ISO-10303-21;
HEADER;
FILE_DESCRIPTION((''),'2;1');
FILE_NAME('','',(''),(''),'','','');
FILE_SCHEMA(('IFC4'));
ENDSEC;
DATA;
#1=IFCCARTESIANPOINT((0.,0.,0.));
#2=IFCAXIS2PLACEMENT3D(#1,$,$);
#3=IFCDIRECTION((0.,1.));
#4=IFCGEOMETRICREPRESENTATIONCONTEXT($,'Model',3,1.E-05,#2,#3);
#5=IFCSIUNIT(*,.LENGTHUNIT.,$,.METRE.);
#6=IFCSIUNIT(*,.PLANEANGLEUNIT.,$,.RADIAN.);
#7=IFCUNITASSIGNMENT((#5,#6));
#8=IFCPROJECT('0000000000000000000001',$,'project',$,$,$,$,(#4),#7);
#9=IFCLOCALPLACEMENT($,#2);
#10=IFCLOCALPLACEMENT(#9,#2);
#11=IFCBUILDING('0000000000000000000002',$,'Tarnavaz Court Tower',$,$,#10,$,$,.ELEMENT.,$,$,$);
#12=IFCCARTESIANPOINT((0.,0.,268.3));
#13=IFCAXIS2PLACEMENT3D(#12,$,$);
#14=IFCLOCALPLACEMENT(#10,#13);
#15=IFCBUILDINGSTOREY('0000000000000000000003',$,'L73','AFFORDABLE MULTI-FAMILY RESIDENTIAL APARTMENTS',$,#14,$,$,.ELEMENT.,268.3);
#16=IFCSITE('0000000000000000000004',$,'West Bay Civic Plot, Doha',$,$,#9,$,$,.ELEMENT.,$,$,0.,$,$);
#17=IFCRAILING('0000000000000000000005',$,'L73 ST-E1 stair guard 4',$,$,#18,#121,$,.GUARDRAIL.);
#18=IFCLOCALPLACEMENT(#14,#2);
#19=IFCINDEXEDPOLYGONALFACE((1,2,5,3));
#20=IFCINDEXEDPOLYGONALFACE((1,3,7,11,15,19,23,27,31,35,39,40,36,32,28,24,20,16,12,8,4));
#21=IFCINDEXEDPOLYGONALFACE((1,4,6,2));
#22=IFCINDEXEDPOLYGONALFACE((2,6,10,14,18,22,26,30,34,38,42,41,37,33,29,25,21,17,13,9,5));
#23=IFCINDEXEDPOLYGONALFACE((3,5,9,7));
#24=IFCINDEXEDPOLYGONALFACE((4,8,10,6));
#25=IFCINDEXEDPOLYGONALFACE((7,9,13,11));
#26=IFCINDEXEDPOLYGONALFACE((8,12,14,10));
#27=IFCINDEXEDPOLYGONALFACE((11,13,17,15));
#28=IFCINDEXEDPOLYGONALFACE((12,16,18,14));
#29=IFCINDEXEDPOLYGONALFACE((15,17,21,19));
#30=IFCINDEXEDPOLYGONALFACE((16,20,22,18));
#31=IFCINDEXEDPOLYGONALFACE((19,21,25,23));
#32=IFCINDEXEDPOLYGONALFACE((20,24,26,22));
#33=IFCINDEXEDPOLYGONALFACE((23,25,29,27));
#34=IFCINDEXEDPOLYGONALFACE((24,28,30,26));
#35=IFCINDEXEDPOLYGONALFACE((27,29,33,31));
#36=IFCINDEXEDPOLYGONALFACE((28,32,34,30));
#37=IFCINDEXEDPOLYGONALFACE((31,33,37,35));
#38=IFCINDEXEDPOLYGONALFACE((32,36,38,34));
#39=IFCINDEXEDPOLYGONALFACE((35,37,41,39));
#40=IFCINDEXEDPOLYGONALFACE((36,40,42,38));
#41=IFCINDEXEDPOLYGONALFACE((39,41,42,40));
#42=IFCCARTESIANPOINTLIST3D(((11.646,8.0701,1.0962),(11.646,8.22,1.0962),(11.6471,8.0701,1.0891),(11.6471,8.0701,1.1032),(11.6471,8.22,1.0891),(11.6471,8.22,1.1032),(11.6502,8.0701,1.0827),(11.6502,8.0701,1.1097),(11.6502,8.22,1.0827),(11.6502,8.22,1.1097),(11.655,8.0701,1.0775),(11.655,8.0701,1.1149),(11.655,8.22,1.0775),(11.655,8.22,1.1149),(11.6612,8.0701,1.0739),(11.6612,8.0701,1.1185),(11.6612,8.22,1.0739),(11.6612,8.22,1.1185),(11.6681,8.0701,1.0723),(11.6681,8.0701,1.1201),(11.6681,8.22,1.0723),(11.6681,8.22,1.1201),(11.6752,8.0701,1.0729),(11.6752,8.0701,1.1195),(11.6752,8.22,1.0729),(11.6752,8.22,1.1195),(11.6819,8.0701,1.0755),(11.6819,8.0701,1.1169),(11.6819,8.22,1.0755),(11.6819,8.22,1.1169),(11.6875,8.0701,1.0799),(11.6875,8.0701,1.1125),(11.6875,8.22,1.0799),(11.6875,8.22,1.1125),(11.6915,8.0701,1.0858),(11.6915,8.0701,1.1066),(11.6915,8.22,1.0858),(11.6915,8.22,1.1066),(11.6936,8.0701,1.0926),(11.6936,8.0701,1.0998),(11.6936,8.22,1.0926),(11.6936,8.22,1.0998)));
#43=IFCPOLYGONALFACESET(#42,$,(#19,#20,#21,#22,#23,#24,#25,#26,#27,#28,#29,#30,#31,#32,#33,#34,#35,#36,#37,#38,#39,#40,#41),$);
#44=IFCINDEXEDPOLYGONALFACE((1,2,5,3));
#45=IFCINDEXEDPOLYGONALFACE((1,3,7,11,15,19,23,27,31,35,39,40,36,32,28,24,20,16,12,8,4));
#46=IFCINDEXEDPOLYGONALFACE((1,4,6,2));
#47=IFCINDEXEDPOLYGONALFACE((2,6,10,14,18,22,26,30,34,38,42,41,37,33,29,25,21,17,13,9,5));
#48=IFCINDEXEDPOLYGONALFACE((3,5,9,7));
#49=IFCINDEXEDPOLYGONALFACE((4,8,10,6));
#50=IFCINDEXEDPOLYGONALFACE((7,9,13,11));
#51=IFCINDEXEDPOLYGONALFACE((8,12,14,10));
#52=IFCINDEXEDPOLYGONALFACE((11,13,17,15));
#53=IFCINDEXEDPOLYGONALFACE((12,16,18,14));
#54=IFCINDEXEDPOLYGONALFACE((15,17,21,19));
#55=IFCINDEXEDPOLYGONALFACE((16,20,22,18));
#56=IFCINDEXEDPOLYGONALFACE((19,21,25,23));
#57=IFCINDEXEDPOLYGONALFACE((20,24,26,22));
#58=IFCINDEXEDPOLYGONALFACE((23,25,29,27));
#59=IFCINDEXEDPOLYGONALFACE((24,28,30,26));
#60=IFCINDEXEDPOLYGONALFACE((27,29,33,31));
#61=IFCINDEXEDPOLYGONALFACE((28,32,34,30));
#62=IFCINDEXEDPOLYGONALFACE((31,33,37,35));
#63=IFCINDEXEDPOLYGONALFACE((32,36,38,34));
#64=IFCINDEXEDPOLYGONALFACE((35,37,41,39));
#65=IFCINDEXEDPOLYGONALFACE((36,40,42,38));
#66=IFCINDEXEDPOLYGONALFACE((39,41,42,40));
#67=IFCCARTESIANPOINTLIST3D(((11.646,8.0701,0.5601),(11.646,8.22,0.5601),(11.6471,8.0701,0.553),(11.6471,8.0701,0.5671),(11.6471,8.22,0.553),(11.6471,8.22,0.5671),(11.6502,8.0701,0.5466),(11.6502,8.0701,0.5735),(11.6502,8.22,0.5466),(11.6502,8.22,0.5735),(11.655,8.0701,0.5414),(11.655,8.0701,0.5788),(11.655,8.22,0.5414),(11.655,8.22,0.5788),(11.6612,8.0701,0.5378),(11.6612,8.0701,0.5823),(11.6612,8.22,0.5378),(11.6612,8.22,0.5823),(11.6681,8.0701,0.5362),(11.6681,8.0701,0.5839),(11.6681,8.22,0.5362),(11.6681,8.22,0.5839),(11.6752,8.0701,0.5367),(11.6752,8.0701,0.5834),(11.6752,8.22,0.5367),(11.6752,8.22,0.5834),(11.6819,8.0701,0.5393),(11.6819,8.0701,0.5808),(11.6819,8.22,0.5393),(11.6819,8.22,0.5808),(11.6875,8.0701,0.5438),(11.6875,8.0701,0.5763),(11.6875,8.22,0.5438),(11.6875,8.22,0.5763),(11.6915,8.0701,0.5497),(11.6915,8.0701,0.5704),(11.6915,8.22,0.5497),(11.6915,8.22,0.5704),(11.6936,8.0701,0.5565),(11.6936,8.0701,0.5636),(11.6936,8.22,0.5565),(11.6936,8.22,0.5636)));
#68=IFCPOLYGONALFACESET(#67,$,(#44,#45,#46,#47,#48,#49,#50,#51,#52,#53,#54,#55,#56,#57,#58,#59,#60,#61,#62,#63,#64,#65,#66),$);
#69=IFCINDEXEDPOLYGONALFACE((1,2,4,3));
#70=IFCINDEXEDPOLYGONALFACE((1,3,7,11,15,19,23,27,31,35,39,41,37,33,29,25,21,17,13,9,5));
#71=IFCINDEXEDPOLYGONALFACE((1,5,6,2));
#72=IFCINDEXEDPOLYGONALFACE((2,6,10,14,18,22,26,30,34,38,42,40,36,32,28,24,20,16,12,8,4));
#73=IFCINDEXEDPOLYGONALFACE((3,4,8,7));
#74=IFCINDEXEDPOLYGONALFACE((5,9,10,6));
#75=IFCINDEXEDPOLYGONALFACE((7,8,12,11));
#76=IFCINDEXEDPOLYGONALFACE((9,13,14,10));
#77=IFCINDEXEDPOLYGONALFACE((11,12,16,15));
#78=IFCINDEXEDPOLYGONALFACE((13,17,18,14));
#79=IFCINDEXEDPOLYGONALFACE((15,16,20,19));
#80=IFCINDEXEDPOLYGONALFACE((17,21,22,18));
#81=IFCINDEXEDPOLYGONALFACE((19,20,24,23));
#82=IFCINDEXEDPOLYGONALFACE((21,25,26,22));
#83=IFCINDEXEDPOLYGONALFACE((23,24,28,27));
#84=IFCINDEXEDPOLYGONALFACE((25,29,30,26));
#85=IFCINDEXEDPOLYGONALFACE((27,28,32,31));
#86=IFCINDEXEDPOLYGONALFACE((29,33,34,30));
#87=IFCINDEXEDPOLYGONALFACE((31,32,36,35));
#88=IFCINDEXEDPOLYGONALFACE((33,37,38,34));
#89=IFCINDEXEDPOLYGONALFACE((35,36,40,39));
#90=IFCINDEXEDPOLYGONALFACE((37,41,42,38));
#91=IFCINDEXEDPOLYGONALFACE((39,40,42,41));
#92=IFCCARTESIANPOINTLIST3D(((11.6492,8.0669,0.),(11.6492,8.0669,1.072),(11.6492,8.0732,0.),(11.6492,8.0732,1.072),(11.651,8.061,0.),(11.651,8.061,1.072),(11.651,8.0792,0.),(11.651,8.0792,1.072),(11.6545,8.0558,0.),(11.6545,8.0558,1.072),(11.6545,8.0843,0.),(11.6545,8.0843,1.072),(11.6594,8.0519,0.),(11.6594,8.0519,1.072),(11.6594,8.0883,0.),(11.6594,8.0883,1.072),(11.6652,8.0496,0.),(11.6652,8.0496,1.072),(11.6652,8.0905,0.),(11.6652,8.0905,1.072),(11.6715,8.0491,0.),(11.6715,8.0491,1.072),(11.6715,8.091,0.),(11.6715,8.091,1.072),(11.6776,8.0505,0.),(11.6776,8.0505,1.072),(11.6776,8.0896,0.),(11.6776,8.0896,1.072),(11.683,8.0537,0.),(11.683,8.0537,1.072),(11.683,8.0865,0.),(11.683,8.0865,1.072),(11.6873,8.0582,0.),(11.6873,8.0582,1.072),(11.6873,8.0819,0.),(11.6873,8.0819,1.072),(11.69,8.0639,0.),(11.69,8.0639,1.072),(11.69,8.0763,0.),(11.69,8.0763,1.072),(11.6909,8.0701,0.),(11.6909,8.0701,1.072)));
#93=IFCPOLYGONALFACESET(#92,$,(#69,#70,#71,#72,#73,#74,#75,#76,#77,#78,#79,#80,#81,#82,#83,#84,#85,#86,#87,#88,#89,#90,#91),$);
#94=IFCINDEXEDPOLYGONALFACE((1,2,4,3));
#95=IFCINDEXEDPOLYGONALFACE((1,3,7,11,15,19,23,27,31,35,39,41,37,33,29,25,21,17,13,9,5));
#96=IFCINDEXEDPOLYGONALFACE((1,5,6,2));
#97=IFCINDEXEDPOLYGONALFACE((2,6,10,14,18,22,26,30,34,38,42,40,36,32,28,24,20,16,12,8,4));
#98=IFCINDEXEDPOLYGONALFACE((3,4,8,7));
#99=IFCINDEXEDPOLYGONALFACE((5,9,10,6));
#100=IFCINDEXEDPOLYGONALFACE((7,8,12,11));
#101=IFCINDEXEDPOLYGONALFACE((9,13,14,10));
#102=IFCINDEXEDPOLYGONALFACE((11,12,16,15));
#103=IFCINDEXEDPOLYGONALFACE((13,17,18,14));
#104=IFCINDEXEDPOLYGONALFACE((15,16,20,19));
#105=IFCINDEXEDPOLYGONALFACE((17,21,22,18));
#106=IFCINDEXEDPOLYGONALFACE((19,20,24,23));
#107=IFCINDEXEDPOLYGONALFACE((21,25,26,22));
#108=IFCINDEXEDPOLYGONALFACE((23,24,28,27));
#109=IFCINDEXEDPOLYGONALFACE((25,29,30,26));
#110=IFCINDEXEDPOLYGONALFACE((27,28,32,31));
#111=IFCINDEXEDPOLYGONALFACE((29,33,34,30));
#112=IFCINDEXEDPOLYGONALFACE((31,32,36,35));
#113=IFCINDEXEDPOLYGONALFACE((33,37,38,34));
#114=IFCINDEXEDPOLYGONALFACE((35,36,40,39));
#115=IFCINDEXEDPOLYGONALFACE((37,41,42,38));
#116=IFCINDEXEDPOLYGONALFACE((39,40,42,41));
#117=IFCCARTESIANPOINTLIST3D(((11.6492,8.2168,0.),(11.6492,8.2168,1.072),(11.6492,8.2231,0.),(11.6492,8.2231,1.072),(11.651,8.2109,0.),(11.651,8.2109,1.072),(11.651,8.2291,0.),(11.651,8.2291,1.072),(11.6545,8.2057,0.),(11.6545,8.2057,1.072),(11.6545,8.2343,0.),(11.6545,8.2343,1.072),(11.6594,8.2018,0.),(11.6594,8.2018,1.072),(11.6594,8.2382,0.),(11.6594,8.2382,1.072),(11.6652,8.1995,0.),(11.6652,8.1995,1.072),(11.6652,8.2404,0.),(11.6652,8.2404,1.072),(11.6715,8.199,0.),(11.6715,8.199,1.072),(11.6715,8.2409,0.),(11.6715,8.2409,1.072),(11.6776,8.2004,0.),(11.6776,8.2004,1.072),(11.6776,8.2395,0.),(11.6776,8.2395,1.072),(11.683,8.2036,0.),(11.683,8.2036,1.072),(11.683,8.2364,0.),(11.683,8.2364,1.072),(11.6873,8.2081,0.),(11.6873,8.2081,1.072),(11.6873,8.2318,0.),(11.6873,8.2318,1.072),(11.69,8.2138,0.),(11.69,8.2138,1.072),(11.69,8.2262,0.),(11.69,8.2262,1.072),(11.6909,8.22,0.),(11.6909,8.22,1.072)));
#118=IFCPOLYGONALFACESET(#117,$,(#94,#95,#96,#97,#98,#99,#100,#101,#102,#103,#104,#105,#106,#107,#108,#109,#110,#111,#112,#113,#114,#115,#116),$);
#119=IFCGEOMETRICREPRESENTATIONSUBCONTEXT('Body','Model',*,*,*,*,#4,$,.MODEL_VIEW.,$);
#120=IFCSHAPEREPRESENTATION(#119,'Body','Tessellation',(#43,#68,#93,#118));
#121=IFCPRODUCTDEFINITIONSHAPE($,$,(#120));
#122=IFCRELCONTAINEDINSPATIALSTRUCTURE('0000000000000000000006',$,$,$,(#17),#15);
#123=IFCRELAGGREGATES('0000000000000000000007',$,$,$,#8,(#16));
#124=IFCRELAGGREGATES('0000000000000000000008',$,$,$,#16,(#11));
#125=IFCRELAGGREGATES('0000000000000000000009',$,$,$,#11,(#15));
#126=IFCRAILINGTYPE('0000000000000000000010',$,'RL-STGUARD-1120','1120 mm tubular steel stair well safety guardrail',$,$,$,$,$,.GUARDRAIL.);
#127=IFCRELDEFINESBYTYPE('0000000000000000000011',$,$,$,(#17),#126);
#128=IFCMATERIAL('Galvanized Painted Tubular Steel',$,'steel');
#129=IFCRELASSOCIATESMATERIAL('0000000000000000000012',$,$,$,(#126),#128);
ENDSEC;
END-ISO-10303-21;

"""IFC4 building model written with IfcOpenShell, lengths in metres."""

from ifc_helpers import new_model, si_unit, direction, frame, origin, origin_2d, place, context, subcontext, project, spatial, circle, extrude, material, type_object, element, save


model = new_model("IFC4")

# Units and contexts
model_context = context("Model", 3, precision=1e-05, world=origin(), true_north=direction((0.0, 1.0)))
body_context = subcontext(model_context, "Body", "Model", "MODEL_VIEW")
ifc_project = project(units=[si_unit("LENGTHUNIT", "METRE"), si_unit("PLANEANGLEUNIT", "RADIAN")], contexts=[model_context])

# Site, building, storey
site_placement = place(None, origin())
site = spatial("IfcSite", under=ifc_project, at=site_placement, Name="West Bay Civic Plot, Doha", CompositionType="ELEMENT", RefElevation=0.0)
building_placement = place(site_placement, origin())
building = spatial("IfcBuilding", under=site, at=building_placement, Name="Tarnavaz Court Tower", CompositionType="ELEMENT")
storey_placement = place(building_placement, frame((0.0, 0.0, 268.3)))
storey = spatial("IfcBuildingStorey", under=building, at=storey_placement, Name="L73", Description="AFFORDABLE MULTI-FAMILY RESIDENTIAL APARTMENTS", CompositionType="ELEMENT", Elevation=268.3)

# Railing
ifc_material_1 = material(Name="Galvanized Painted Tubular Steel", Category="steel")
railing_type_1 = type_object("IfcRailingType", Name="RL-STGUARD-1120", Description="1120 mm tubular steel stair well safety guardrail", PredefinedType="GUARDRAIL", material=ifc_material_1)
railing_1_placement = place(storey_placement, frame((11.6699, 8.0701, 0.0)))
element("IfcRailing", 1, at=railing_1_placement, inside=storey, type_object=railing_type_1, Name="L73 ST-E1 stair guard 4", PredefinedType="GUARDRAIL", context=body_context, shape_type="SweptSolid", body=[
    extrude(circle(Radius=0.0239, at=origin_2d()), frame((0.0, 0.0, 1.0962), z_axis=(0.0, 1.0, 0.0), x_axis=(-1.0, 0.0, 0.0)), (0.0, 0.0, 1.0), 0.1499),
    extrude(circle(Radius=0.0239, at=origin_2d()), frame((0.0, 0.0, 0.5601), z_axis=(0.0, 1.0, 0.0), x_axis=(-1.0, 0.0, 0.0)), (0.0, 0.0, 1.0), 0.1499),
    extrude(circle(Radius=0.021, at=origin_2d()), origin(), (0.0, 0.0, 1.0), 1.072),
    extrude(circle(Radius=0.021, at=origin_2d()), frame((0.0, 0.1499, 0.0)), (0.0, 0.0, 1.0), 1.072),
])

save(model, "model.ifc")
